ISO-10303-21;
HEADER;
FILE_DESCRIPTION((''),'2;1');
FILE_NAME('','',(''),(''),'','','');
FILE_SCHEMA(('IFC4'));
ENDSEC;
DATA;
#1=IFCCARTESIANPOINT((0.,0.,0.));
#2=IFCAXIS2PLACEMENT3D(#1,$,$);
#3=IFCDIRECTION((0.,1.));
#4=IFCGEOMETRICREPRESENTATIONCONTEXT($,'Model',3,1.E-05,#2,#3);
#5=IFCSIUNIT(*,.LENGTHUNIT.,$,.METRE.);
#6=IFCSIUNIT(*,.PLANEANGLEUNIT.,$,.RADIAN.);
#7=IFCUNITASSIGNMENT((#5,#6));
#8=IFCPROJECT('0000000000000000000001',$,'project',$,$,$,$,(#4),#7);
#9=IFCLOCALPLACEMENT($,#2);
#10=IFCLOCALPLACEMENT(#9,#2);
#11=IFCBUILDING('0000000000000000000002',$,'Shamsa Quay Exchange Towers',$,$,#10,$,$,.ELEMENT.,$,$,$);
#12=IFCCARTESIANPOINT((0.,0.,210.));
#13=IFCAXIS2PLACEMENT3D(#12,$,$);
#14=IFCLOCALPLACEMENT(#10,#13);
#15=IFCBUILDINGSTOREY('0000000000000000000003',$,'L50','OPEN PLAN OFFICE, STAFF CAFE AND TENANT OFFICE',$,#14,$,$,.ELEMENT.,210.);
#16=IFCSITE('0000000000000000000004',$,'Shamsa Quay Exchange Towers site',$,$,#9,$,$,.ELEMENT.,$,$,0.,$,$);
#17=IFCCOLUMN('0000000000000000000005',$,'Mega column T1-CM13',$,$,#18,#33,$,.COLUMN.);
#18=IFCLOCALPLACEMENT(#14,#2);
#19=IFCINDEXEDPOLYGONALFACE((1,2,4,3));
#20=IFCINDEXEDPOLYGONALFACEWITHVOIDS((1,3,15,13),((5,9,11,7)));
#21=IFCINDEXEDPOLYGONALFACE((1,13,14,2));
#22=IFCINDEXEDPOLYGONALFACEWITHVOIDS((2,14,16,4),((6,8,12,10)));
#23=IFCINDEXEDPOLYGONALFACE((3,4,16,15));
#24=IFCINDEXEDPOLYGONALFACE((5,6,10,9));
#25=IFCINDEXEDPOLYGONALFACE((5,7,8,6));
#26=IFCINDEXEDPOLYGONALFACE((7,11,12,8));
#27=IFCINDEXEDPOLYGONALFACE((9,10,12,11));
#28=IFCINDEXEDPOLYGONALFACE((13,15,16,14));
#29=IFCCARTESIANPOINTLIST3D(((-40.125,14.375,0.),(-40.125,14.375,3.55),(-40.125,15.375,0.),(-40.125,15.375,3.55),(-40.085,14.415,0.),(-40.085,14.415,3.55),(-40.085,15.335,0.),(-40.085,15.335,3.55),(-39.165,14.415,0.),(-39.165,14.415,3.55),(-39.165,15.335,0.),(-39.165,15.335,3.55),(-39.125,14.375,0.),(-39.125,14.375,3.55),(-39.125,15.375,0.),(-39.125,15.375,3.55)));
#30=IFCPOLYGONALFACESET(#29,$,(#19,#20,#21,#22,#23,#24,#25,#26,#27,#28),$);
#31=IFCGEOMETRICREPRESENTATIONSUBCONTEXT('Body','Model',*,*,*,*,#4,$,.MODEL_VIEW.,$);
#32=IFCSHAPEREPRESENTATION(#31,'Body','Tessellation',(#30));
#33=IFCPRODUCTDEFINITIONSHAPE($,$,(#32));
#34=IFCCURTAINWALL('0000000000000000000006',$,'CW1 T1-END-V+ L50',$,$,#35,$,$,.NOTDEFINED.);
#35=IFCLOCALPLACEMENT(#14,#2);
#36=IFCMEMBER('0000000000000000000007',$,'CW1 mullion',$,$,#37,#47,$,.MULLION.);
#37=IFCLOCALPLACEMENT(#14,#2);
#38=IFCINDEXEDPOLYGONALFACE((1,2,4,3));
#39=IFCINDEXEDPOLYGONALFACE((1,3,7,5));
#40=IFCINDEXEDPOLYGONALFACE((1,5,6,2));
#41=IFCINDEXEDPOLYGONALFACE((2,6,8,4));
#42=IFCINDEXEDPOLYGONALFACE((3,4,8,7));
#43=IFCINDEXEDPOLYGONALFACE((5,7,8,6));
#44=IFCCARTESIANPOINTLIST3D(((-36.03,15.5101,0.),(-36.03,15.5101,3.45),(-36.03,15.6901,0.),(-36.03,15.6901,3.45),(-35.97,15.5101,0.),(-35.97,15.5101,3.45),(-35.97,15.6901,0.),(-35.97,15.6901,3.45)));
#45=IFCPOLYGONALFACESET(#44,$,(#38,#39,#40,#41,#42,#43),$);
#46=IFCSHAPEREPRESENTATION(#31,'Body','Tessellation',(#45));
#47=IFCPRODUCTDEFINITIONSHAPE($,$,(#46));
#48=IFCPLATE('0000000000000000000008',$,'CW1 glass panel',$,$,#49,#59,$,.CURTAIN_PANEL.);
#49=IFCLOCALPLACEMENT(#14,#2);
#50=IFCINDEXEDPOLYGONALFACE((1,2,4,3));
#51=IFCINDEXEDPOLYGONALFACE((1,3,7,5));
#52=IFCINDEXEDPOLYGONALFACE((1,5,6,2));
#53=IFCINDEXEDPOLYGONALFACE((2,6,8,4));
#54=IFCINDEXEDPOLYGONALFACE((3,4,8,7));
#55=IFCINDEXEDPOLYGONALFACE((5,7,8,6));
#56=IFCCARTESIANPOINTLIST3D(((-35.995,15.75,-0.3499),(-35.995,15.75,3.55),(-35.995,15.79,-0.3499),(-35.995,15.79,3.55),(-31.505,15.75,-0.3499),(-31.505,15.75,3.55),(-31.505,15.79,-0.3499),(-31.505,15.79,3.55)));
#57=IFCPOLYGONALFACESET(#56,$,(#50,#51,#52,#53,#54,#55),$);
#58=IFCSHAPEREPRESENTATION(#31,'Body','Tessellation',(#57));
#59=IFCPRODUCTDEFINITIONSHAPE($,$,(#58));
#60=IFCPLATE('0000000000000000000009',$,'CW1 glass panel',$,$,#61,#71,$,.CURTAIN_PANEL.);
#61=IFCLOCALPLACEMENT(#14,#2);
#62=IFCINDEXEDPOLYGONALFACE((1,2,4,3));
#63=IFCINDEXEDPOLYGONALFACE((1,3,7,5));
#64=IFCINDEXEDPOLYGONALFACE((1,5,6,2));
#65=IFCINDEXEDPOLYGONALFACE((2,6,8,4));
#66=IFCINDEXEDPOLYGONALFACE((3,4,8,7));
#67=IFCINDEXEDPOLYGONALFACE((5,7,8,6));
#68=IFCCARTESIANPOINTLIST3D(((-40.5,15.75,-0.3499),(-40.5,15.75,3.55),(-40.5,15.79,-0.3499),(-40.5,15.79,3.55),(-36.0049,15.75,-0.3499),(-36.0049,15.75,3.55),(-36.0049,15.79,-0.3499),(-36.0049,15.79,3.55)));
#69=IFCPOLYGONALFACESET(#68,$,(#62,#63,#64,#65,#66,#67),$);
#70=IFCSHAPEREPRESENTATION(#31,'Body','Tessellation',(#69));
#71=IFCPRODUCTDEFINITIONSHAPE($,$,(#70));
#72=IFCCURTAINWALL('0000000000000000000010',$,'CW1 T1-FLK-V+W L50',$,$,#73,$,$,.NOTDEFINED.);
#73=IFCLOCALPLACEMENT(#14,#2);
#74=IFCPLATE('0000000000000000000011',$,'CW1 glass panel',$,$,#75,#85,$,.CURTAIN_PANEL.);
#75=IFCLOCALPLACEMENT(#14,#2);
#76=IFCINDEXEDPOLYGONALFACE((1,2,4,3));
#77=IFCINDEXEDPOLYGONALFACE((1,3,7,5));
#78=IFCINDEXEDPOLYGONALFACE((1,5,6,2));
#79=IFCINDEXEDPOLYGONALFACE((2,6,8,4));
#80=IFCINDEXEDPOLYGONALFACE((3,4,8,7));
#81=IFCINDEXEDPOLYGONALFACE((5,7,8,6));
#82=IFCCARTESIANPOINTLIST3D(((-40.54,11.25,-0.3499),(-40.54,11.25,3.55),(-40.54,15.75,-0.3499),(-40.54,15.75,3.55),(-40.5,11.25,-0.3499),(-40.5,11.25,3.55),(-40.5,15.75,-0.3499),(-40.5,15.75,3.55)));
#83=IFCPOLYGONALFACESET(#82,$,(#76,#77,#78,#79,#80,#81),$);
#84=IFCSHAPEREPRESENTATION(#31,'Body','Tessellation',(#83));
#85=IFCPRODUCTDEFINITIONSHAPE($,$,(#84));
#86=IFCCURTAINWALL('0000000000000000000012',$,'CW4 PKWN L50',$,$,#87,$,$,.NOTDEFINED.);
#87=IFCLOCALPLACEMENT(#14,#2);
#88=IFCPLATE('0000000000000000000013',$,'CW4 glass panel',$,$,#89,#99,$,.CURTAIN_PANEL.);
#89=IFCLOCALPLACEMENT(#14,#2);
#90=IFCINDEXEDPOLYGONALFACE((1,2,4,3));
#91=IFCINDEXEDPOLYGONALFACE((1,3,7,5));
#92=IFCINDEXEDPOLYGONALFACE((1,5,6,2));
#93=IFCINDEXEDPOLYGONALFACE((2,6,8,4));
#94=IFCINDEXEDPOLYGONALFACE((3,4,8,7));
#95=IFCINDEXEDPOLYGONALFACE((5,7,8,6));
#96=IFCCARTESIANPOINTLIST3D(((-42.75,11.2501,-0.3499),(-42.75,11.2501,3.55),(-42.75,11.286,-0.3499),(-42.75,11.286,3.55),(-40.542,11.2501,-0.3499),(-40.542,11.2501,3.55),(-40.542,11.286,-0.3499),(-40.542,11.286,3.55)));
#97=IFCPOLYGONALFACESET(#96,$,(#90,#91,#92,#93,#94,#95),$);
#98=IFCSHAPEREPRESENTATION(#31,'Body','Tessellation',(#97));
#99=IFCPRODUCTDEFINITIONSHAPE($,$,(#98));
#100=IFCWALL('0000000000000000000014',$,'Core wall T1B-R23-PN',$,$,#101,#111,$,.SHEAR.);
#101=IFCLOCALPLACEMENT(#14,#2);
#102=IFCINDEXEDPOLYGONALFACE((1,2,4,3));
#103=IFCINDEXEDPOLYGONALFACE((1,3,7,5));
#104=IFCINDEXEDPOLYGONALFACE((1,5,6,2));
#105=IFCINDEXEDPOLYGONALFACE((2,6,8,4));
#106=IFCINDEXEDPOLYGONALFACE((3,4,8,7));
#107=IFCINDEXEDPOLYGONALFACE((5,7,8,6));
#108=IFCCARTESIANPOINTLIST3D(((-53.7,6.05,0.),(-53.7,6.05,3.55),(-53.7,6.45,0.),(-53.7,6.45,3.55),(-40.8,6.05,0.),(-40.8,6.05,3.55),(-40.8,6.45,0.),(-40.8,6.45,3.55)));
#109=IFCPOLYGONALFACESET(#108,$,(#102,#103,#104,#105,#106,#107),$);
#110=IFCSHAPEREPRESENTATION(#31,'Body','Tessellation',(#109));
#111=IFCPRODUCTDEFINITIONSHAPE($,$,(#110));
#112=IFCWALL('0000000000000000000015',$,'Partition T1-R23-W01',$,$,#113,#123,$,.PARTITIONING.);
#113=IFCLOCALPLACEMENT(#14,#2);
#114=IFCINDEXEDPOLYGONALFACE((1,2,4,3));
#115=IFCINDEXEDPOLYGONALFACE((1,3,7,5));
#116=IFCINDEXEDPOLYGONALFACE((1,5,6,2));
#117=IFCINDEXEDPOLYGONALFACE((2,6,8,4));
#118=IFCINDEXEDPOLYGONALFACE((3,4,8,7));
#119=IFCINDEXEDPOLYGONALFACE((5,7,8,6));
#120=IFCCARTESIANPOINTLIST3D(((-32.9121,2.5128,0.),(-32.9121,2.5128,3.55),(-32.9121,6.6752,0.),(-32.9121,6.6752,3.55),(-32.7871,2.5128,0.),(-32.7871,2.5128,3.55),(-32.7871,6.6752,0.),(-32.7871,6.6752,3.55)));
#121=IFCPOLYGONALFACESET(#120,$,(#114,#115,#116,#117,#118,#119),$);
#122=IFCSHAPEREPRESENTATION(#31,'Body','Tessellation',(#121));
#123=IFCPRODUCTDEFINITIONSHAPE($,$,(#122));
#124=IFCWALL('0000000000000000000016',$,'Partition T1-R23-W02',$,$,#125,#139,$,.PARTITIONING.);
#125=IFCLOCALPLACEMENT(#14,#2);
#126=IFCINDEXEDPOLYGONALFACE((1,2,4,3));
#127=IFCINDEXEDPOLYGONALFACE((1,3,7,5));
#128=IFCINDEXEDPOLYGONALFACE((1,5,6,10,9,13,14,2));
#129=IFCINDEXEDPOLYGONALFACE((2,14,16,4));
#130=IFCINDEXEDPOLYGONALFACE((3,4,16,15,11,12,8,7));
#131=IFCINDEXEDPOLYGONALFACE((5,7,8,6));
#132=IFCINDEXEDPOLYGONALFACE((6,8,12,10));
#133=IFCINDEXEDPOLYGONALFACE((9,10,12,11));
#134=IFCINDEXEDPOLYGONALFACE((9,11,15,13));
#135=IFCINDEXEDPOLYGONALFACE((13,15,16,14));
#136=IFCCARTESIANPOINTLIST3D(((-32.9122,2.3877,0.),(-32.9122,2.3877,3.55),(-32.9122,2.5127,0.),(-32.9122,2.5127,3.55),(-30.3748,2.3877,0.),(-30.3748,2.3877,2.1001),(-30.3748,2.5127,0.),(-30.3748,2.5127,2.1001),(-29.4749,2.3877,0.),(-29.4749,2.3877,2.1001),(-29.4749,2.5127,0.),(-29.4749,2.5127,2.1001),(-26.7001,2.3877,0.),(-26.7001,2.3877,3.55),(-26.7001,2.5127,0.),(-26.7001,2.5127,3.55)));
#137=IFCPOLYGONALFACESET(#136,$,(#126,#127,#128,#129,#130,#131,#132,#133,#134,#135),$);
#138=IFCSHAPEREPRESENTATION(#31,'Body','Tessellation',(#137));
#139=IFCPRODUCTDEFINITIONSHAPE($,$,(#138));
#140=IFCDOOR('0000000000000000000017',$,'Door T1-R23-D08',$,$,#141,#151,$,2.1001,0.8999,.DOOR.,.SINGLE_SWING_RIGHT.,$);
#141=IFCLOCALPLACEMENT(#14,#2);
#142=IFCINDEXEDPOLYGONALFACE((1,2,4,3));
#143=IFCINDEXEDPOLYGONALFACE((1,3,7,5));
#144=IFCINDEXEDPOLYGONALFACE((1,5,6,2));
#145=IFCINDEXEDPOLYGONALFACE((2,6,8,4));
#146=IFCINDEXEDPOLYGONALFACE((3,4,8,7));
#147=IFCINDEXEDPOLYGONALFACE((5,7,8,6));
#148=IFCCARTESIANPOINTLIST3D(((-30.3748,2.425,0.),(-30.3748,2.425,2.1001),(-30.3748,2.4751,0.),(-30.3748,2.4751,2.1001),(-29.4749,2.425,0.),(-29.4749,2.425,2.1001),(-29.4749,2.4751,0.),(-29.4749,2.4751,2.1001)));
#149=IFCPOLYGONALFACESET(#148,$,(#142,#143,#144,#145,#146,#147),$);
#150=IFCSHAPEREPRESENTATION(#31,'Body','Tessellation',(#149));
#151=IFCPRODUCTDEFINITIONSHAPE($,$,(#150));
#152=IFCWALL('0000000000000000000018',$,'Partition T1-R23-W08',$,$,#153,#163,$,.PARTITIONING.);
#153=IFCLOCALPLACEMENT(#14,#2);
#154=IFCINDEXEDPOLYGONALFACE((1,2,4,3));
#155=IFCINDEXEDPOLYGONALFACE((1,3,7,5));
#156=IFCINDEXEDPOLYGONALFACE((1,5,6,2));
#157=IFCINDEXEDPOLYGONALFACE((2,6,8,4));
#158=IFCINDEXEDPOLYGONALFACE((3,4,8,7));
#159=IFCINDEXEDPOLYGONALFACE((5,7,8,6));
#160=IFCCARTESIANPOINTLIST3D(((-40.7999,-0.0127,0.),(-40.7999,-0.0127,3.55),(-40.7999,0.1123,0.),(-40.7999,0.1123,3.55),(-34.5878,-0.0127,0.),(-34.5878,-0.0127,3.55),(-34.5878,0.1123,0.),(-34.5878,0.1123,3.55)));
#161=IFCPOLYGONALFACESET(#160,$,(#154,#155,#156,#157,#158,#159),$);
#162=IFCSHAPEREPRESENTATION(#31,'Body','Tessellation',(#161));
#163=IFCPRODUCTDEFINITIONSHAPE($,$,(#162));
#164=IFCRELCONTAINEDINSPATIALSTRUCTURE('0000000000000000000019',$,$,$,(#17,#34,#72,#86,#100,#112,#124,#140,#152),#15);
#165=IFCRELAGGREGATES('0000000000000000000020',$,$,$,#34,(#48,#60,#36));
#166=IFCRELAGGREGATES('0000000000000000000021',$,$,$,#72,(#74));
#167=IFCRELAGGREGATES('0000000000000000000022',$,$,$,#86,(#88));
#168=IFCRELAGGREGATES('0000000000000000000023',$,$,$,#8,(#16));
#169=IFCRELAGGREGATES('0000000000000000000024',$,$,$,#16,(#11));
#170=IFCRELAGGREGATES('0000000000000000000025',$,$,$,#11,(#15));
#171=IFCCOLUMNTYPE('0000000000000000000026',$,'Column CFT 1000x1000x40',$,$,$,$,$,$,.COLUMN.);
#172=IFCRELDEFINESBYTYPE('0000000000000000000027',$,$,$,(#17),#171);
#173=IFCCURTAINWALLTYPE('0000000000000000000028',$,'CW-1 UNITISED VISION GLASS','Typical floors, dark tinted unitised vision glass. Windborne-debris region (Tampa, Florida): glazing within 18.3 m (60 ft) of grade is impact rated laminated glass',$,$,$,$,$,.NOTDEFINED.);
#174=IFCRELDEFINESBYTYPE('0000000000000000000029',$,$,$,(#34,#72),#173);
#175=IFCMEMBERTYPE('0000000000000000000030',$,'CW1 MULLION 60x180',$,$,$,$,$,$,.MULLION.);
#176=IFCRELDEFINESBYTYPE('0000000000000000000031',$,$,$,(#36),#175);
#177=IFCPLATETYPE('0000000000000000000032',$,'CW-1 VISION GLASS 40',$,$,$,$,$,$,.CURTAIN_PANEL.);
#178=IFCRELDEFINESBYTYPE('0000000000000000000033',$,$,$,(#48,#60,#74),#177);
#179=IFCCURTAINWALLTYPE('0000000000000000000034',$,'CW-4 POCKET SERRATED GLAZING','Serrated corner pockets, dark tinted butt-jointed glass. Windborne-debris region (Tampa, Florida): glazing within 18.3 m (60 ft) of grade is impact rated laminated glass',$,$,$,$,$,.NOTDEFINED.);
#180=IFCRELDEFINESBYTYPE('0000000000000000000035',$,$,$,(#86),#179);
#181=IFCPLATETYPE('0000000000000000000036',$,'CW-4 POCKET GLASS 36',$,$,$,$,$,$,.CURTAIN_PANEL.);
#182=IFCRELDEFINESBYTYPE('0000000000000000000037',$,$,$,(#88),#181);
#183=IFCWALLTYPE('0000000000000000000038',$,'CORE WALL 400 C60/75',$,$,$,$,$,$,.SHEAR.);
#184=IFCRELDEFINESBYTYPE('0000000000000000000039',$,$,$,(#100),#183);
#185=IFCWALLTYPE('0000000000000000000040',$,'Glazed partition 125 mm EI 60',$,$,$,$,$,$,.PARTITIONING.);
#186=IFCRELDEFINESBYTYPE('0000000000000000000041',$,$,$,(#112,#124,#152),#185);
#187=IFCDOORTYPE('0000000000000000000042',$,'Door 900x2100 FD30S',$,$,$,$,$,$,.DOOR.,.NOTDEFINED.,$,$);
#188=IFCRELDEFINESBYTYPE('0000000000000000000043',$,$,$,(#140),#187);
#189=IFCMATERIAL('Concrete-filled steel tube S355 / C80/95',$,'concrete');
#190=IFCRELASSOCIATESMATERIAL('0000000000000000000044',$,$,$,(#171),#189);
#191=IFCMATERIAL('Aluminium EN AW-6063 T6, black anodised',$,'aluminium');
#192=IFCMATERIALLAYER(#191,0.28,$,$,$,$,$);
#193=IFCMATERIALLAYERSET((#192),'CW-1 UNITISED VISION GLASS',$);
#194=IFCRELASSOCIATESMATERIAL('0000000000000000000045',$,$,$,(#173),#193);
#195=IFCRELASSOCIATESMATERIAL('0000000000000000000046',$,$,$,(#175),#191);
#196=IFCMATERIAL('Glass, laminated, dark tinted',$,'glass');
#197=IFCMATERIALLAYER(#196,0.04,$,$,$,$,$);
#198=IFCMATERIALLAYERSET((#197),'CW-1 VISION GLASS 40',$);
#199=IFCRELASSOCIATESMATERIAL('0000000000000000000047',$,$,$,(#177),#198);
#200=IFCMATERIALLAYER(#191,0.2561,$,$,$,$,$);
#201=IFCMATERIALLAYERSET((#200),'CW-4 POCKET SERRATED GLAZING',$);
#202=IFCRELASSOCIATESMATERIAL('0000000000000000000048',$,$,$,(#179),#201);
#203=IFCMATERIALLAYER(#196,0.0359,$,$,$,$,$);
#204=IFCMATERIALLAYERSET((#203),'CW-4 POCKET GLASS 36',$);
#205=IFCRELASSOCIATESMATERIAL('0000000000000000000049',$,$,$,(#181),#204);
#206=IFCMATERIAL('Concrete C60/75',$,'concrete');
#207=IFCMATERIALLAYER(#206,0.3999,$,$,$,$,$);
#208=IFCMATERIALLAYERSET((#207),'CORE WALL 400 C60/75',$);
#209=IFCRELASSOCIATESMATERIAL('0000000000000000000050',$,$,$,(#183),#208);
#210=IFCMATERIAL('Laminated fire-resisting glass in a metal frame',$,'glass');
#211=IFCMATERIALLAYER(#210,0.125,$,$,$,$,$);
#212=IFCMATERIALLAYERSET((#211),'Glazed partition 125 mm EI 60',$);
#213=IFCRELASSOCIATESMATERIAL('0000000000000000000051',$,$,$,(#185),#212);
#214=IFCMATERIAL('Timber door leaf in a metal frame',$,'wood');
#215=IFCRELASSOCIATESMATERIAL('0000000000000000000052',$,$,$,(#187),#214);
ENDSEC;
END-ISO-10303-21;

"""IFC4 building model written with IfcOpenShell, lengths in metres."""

from ifc_helpers import new_model, si_unit, direction, frame, frame_2d, origin, origin_2d, place, context, subcontext, project, spatial, rectangle, hollow_rectangle, extrude, material, layer, layer_set, material_profile, profile_set, type_object, element, fill, aggregate, save


model = new_model("IFC4")

# Units and contexts
model_context = context("Model", 3, precision=1e-05, world=origin(), true_north=direction((0.0, 1.0)))
body_context = subcontext(model_context, "Body", "Model", "MODEL_VIEW")
ifc_project = project(units=[si_unit("LENGTHUNIT", "METRE"), si_unit("PLANEANGLEUNIT", "RADIAN")], contexts=[model_context])

# Site, building, storey
site_placement = place(None, origin())
site = spatial("IfcSite", under=ifc_project, at=site_placement, Name="Shamsa Quay Exchange Towers site", CompositionType="ELEMENT", RefElevation=0.0)
building_placement = place(site_placement, origin())
building = spatial("IfcBuilding", under=site, at=building_placement, Name="Shamsa Quay Exchange Towers", CompositionType="ELEMENT")
storey_placement = place(building_placement, frame((0.0, 0.0, 210.0)))
storey = spatial("IfcBuildingStorey", under=building, at=storey_placement, Name="L50", Description="OPEN PLAN OFFICE, STAFF CAFE AND TENANT OFFICE", CompositionType="ELEMENT", Elevation=210.0)

# Column
ifc_material_1 = material(Name="Concrete-filled steel tube S355 / C80/95", Category="concrete")
ifc_material_profile_1 = material_profile(ifc_material_1, hollow_rectangle(XDim=1.0, YDim=1.0, WallThickness=0.04, at=origin_2d()), Name="CFT 1000x1000x40")
ifc_profile_set_1 = profile_set([ifc_material_profile_1], Name="Concrete-filled steel tube S355 / C80/95")
column_type = type_object("IfcColumnType", Name="Column CFT 1000x1000x40", PredefinedType="COLUMN", material=ifc_profile_set_1)
column_placement = place(storey_placement, frame((-39.625, 14.875, 0.0)))
element("IfcColumn", 1, at=column_placement, inside=storey, type_object=column_type, Name="Mega column T1-CM13", PredefinedType="COLUMN", context=body_context, shape_type="SweptSolid", body=[
    extrude(hollow_rectangle(XDim=1.0, YDim=1.0, WallThickness=0.04, at=origin_2d()), origin(), (0.0, 0.0, 1.0), 3.55),
])

# Curtain wall, member, plates
ifc_material_2 = material(Name="Aluminium EN AW-6063 T6, black anodised", Category="aluminium")
ifc_layer_1 = layer(ifc_material_2, 0.28)
ifc_layer_set_1 = layer_set([ifc_layer_1], Name="CW-1 UNITISED VISION GLASS")
curtain_wall_type_1 = type_object("IfcCurtainWallType", Name="CW-1 UNITISED VISION GLASS", Description="Typical floors, dark tinted unitised vision glass. Windborne-debris region (Tampa, Florida): glazing within 18.3 m (60 ft) of grade is impact rated laminated glass", PredefinedType="NOTDEFINED", material=ifc_layer_set_1)
curtain_wall_1_placement = place(storey_placement, origin())
curtain_wall_1 = element("IfcCurtainWall", 2, at=curtain_wall_1_placement, inside=storey, type_object=curtain_wall_type_1, Name="CW1 T1-END-V+ L50", PredefinedType="NOTDEFINED")
ifc_material_profile_2 = material_profile(ifc_material_2, rectangle(XDim=0.1799, YDim=0.0601, at=origin_2d()), Name="MU60x180")
ifc_profile_set_2 = profile_set([ifc_material_profile_2], Name="Aluminium EN AW-6063 T6, black anodised")
member_type = type_object("IfcMemberType", Name="CW1 MULLION 60x180", PredefinedType="MULLION", material=ifc_profile_set_2)
member_placement = place(storey_placement, frame((-36.0, 15.6001, 0.0), z_axis=(0.0, 0.0, 1.0), x_axis=(0.0, -1.0, 0.0)))
member = element("IfcMember", 3, at=member_placement, type_object=member_type, Name="CW1 mullion", PredefinedType="MULLION", context=body_context, shape_type="SweptSolid", body=[
    extrude(rectangle(XDim=0.1799, YDim=0.0601, at=origin_2d()), origin(), (0.0, 0.0, 1.0), 3.45),
])
ifc_material_3 = material(Name="Glass, laminated, dark tinted", Category="glass")
ifc_layer_2 = layer(ifc_material_3, 0.04)
ifc_layer_set_2 = layer_set([ifc_layer_2], Name="CW-1 VISION GLASS 40")
plate_type_1 = type_object("IfcPlateType", Name="CW-1 VISION GLASS 40", PredefinedType="CURTAIN_PANEL", material=ifc_layer_set_2)
plate_1_placement = place(storey_placement, frame((-33.75, 15.77, -0.3499), z_axis=(0.0, 0.0, 1.0), x_axis=(-1.0, 0.0, 0.0)))
plate_1 = element("IfcPlate", 4, at=plate_1_placement, type_object=plate_type_1, Name="CW1 glass panel", PredefinedType="CURTAIN_PANEL", context=body_context, shape_type="SweptSolid", body=[
    extrude(rectangle(XDim=4.49, YDim=0.04, at=origin_2d()), origin(), (0.0, 0.0, 1.0), 3.8999),
])
plate_2_placement = place(storey_placement, frame((-38.2524, 15.77, -0.3499), z_axis=(0.0, 0.0, 1.0), x_axis=(-1.0, 0.0, 0.0)))
plate_2 = element("IfcPlate", 5, at=plate_2_placement, type_object=plate_type_1, Name="CW1 glass panel", PredefinedType="CURTAIN_PANEL", context=body_context, shape_type="SweptSolid", body=[
    extrude(rectangle(XDim=4.4951, YDim=0.04, at=origin_2d()), origin(), (0.0, 0.0, 1.0), 3.8999),
])
aggregate(curtain_wall_1, [plate_1, plate_2, member])

# Curtain walls, plates
curtain_wall_2_placement = place(storey_placement, origin())
curtain_wall_2 = element("IfcCurtainWall", 6, at=curtain_wall_2_placement, inside=storey, type_object=curtain_wall_type_1, Name="CW1 T1-FLK-V+W L50", PredefinedType="NOTDEFINED")
plate_3_placement = place(storey_placement, frame((-40.52, 13.5, -0.3499), z_axis=(0.0, 0.0, 1.0), x_axis=(0.0, -1.0, 0.0)))
plate_3 = element("IfcPlate", 7, at=plate_3_placement, type_object=plate_type_1, Name="CW1 glass panel", PredefinedType="CURTAIN_PANEL", context=body_context, shape_type="SweptSolid", body=[
    extrude(rectangle(XDim=4.5, YDim=0.04, at=origin_2d()), origin(), (0.0, 0.0, 1.0), 3.8999),
])
aggregate(curtain_wall_2, [plate_3])
ifc_layer_3 = layer(ifc_material_2, 0.2561)
ifc_layer_set_3 = layer_set([ifc_layer_3], Name="CW-4 POCKET SERRATED GLAZING")
curtain_wall_type_2 = type_object("IfcCurtainWallType", Name="CW-4 POCKET SERRATED GLAZING", Description="Serrated corner pockets, dark tinted butt-jointed glass. Windborne-debris region (Tampa, Florida): glazing within 18.3 m (60 ft) of grade is impact rated laminated glass", PredefinedType="NOTDEFINED", material=ifc_layer_set_3)
curtain_wall_3_placement = place(storey_placement, origin())
curtain_wall_3 = element("IfcCurtainWall", 8, at=curtain_wall_3_placement, inside=storey, type_object=curtain_wall_type_2, Name="CW4 PKWN L50", PredefinedType="NOTDEFINED")
ifc_layer_4 = layer(ifc_material_3, 0.0359)
ifc_layer_set_4 = layer_set([ifc_layer_4], Name="CW-4 POCKET GLASS 36")
plate_type_2 = type_object("IfcPlateType", Name="CW-4 POCKET GLASS 36", PredefinedType="CURTAIN_PANEL", material=ifc_layer_set_4)
plate_4_placement = place(storey_placement, frame((-41.646, 11.2681, -0.3499), z_axis=(0.0, 0.0, 1.0), x_axis=(-1.0, 0.0, 0.0)))
plate_4 = element("IfcPlate", 9, at=plate_4_placement, type_object=plate_type_2, Name="CW4 glass panel", PredefinedType="CURTAIN_PANEL", context=body_context, shape_type="SweptSolid", body=[
    extrude(rectangle(XDim=2.208, YDim=0.0359, at=origin_2d()), origin(), (0.0, 0.0, 1.0), 3.8999),
])
aggregate(curtain_wall_3, [plate_4])

# Walls
ifc_material_4 = material(Name="Concrete C60/75", Category="concrete")
ifc_layer_5 = layer(ifc_material_4, 0.3999)
ifc_layer_set_5 = layer_set([ifc_layer_5], Name="CORE WALL 400 C60/75")
wall_type_1 = type_object("IfcWallType", Name="CORE WALL 400 C60/75", PredefinedType="SHEAR", material=ifc_layer_set_5)
wall_1_placement = place(storey_placement, frame((-40.8, 6.25, 0.0), z_axis=(0.0, 0.0, 1.0), x_axis=(-1.0, 0.0, 0.0)))
element("IfcWall", 10, at=wall_1_placement, inside=storey, type_object=wall_type_1, Name="Core wall T1B-R23-PN", PredefinedType="SHEAR", context=body_context, shape_type="SweptSolid", body=[
    extrude(rectangle(XDim=12.8999, YDim=0.3999, at=frame_2d((6.45, 0.0))), origin(), (0.0, 0.0, 1.0), 3.55),
])
ifc_material_5 = material(Name="Laminated fire-resisting glass in a metal frame", Category="glass")
ifc_layer_6 = layer(ifc_material_5, 0.125)
ifc_layer_set_6 = layer_set([ifc_layer_6], Name="Glazed partition 125 mm EI 60")
wall_type_2 = type_object("IfcWallType", Name="Glazed partition 125 mm EI 60", PredefinedType="PARTITIONING", material=ifc_layer_set_6)
wall_2_placement = place(storey_placement, frame((-32.8496, 6.675, 0.0), z_axis=(0.0, 0.0, 1.0), x_axis=(0.0, -1.0, 0.0)))
element("IfcWall", 11, at=wall_2_placement, inside=storey, type_object=wall_type_2, Name="Partition T1-R23-W01", PredefinedType="PARTITIONING", context=body_context, shape_type="SweptSolid", body=[
    extrude(rectangle(XDim=4.1624, YDim=0.125, at=frame_2d((2.0811, 0.0))), origin(), (0.0, 0.0, 1.0), 3.55),
])

# Wall, opening, door
wall_3_placement = place(storey_placement, frame((-32.9121, 2.4502, 0.0)))
wall_3 = element("IfcWall", 12, at=wall_3_placement, inside=storey, type_object=wall_type_2, Name="Partition T1-R23-W02", PredefinedType="PARTITIONING", context=body_context, shape_type="SweptSolid", body=[
    extrude(rectangle(XDim=6.2122, YDim=0.125, at=frame_2d((3.106, 0.0))), origin(), (0.0, 0.0, 1.0), 3.55),
])
opening_1_placement = place(wall_3_placement, frame((2.5374, 0.0, 0.0)))
opening_1 = element("IfcOpeningElement", 13, at=opening_1_placement, cuts=wall_3, PredefinedType="OPENING", context=body_context, shape_type="SweptSolid", body=[
    extrude(rectangle(XDim=0.8999, YDim=2.1001, at=frame_2d((0.45, 1.05))), frame((0.0, 0.0725, 0.0), z_axis=(0.0, -1.0, 0.0), x_axis=(1.0, 0.0, 0.0)), (0.0, 0.0, 1.0), 0.145),
])
ifc_material_6 = material(Name="Timber door leaf in a metal frame", Category="wood")
door_type_1 = type_object("IfcDoorType", Name="Door 900x2100 FD30S", OperationType="NOTDEFINED", PredefinedType="DOOR", material=ifc_material_6)
door_1_placement = place(opening_1_placement, origin())
door_1 = element("IfcDoor", 14, at=door_1_placement, inside=storey, type_object=door_type_1, Name="Door T1-R23-D08", OperationType="SINGLE_SWING_RIGHT", OverallHeight=2.1001, OverallWidth=0.8999, PredefinedType="DOOR", context=body_context, shape_type="SweptSolid", body=[
    extrude(rectangle(XDim=0.8999, YDim=2.1001, at=frame_2d((0.45, 1.05))), frame((0.0, 0.0249, 0.0), z_axis=(0.0, -1.0, 0.0), x_axis=(1.0, 0.0, 0.0)), (0.0, 0.0, 1.0), 0.05),
])
fill(opening_1, door_1)

# Wall
wall_4_placement = place(storey_placement, frame((-34.5879, 0.0498, 0.0), z_axis=(0.0, 0.0, 1.0), x_axis=(-1.0, 0.0, 0.0)))
element("IfcWall", 15, at=wall_4_placement, inside=storey, type_object=wall_type_2, Name="Partition T1-R23-W08", PredefinedType="PARTITIONING", context=body_context, shape_type="SweptSolid", body=[
    extrude(rectangle(XDim=6.2122, YDim=0.125, at=frame_2d((3.106, 0.0))), origin(), (0.0, 0.0, 1.0), 3.55),
])

save(model, "model.ifc")
